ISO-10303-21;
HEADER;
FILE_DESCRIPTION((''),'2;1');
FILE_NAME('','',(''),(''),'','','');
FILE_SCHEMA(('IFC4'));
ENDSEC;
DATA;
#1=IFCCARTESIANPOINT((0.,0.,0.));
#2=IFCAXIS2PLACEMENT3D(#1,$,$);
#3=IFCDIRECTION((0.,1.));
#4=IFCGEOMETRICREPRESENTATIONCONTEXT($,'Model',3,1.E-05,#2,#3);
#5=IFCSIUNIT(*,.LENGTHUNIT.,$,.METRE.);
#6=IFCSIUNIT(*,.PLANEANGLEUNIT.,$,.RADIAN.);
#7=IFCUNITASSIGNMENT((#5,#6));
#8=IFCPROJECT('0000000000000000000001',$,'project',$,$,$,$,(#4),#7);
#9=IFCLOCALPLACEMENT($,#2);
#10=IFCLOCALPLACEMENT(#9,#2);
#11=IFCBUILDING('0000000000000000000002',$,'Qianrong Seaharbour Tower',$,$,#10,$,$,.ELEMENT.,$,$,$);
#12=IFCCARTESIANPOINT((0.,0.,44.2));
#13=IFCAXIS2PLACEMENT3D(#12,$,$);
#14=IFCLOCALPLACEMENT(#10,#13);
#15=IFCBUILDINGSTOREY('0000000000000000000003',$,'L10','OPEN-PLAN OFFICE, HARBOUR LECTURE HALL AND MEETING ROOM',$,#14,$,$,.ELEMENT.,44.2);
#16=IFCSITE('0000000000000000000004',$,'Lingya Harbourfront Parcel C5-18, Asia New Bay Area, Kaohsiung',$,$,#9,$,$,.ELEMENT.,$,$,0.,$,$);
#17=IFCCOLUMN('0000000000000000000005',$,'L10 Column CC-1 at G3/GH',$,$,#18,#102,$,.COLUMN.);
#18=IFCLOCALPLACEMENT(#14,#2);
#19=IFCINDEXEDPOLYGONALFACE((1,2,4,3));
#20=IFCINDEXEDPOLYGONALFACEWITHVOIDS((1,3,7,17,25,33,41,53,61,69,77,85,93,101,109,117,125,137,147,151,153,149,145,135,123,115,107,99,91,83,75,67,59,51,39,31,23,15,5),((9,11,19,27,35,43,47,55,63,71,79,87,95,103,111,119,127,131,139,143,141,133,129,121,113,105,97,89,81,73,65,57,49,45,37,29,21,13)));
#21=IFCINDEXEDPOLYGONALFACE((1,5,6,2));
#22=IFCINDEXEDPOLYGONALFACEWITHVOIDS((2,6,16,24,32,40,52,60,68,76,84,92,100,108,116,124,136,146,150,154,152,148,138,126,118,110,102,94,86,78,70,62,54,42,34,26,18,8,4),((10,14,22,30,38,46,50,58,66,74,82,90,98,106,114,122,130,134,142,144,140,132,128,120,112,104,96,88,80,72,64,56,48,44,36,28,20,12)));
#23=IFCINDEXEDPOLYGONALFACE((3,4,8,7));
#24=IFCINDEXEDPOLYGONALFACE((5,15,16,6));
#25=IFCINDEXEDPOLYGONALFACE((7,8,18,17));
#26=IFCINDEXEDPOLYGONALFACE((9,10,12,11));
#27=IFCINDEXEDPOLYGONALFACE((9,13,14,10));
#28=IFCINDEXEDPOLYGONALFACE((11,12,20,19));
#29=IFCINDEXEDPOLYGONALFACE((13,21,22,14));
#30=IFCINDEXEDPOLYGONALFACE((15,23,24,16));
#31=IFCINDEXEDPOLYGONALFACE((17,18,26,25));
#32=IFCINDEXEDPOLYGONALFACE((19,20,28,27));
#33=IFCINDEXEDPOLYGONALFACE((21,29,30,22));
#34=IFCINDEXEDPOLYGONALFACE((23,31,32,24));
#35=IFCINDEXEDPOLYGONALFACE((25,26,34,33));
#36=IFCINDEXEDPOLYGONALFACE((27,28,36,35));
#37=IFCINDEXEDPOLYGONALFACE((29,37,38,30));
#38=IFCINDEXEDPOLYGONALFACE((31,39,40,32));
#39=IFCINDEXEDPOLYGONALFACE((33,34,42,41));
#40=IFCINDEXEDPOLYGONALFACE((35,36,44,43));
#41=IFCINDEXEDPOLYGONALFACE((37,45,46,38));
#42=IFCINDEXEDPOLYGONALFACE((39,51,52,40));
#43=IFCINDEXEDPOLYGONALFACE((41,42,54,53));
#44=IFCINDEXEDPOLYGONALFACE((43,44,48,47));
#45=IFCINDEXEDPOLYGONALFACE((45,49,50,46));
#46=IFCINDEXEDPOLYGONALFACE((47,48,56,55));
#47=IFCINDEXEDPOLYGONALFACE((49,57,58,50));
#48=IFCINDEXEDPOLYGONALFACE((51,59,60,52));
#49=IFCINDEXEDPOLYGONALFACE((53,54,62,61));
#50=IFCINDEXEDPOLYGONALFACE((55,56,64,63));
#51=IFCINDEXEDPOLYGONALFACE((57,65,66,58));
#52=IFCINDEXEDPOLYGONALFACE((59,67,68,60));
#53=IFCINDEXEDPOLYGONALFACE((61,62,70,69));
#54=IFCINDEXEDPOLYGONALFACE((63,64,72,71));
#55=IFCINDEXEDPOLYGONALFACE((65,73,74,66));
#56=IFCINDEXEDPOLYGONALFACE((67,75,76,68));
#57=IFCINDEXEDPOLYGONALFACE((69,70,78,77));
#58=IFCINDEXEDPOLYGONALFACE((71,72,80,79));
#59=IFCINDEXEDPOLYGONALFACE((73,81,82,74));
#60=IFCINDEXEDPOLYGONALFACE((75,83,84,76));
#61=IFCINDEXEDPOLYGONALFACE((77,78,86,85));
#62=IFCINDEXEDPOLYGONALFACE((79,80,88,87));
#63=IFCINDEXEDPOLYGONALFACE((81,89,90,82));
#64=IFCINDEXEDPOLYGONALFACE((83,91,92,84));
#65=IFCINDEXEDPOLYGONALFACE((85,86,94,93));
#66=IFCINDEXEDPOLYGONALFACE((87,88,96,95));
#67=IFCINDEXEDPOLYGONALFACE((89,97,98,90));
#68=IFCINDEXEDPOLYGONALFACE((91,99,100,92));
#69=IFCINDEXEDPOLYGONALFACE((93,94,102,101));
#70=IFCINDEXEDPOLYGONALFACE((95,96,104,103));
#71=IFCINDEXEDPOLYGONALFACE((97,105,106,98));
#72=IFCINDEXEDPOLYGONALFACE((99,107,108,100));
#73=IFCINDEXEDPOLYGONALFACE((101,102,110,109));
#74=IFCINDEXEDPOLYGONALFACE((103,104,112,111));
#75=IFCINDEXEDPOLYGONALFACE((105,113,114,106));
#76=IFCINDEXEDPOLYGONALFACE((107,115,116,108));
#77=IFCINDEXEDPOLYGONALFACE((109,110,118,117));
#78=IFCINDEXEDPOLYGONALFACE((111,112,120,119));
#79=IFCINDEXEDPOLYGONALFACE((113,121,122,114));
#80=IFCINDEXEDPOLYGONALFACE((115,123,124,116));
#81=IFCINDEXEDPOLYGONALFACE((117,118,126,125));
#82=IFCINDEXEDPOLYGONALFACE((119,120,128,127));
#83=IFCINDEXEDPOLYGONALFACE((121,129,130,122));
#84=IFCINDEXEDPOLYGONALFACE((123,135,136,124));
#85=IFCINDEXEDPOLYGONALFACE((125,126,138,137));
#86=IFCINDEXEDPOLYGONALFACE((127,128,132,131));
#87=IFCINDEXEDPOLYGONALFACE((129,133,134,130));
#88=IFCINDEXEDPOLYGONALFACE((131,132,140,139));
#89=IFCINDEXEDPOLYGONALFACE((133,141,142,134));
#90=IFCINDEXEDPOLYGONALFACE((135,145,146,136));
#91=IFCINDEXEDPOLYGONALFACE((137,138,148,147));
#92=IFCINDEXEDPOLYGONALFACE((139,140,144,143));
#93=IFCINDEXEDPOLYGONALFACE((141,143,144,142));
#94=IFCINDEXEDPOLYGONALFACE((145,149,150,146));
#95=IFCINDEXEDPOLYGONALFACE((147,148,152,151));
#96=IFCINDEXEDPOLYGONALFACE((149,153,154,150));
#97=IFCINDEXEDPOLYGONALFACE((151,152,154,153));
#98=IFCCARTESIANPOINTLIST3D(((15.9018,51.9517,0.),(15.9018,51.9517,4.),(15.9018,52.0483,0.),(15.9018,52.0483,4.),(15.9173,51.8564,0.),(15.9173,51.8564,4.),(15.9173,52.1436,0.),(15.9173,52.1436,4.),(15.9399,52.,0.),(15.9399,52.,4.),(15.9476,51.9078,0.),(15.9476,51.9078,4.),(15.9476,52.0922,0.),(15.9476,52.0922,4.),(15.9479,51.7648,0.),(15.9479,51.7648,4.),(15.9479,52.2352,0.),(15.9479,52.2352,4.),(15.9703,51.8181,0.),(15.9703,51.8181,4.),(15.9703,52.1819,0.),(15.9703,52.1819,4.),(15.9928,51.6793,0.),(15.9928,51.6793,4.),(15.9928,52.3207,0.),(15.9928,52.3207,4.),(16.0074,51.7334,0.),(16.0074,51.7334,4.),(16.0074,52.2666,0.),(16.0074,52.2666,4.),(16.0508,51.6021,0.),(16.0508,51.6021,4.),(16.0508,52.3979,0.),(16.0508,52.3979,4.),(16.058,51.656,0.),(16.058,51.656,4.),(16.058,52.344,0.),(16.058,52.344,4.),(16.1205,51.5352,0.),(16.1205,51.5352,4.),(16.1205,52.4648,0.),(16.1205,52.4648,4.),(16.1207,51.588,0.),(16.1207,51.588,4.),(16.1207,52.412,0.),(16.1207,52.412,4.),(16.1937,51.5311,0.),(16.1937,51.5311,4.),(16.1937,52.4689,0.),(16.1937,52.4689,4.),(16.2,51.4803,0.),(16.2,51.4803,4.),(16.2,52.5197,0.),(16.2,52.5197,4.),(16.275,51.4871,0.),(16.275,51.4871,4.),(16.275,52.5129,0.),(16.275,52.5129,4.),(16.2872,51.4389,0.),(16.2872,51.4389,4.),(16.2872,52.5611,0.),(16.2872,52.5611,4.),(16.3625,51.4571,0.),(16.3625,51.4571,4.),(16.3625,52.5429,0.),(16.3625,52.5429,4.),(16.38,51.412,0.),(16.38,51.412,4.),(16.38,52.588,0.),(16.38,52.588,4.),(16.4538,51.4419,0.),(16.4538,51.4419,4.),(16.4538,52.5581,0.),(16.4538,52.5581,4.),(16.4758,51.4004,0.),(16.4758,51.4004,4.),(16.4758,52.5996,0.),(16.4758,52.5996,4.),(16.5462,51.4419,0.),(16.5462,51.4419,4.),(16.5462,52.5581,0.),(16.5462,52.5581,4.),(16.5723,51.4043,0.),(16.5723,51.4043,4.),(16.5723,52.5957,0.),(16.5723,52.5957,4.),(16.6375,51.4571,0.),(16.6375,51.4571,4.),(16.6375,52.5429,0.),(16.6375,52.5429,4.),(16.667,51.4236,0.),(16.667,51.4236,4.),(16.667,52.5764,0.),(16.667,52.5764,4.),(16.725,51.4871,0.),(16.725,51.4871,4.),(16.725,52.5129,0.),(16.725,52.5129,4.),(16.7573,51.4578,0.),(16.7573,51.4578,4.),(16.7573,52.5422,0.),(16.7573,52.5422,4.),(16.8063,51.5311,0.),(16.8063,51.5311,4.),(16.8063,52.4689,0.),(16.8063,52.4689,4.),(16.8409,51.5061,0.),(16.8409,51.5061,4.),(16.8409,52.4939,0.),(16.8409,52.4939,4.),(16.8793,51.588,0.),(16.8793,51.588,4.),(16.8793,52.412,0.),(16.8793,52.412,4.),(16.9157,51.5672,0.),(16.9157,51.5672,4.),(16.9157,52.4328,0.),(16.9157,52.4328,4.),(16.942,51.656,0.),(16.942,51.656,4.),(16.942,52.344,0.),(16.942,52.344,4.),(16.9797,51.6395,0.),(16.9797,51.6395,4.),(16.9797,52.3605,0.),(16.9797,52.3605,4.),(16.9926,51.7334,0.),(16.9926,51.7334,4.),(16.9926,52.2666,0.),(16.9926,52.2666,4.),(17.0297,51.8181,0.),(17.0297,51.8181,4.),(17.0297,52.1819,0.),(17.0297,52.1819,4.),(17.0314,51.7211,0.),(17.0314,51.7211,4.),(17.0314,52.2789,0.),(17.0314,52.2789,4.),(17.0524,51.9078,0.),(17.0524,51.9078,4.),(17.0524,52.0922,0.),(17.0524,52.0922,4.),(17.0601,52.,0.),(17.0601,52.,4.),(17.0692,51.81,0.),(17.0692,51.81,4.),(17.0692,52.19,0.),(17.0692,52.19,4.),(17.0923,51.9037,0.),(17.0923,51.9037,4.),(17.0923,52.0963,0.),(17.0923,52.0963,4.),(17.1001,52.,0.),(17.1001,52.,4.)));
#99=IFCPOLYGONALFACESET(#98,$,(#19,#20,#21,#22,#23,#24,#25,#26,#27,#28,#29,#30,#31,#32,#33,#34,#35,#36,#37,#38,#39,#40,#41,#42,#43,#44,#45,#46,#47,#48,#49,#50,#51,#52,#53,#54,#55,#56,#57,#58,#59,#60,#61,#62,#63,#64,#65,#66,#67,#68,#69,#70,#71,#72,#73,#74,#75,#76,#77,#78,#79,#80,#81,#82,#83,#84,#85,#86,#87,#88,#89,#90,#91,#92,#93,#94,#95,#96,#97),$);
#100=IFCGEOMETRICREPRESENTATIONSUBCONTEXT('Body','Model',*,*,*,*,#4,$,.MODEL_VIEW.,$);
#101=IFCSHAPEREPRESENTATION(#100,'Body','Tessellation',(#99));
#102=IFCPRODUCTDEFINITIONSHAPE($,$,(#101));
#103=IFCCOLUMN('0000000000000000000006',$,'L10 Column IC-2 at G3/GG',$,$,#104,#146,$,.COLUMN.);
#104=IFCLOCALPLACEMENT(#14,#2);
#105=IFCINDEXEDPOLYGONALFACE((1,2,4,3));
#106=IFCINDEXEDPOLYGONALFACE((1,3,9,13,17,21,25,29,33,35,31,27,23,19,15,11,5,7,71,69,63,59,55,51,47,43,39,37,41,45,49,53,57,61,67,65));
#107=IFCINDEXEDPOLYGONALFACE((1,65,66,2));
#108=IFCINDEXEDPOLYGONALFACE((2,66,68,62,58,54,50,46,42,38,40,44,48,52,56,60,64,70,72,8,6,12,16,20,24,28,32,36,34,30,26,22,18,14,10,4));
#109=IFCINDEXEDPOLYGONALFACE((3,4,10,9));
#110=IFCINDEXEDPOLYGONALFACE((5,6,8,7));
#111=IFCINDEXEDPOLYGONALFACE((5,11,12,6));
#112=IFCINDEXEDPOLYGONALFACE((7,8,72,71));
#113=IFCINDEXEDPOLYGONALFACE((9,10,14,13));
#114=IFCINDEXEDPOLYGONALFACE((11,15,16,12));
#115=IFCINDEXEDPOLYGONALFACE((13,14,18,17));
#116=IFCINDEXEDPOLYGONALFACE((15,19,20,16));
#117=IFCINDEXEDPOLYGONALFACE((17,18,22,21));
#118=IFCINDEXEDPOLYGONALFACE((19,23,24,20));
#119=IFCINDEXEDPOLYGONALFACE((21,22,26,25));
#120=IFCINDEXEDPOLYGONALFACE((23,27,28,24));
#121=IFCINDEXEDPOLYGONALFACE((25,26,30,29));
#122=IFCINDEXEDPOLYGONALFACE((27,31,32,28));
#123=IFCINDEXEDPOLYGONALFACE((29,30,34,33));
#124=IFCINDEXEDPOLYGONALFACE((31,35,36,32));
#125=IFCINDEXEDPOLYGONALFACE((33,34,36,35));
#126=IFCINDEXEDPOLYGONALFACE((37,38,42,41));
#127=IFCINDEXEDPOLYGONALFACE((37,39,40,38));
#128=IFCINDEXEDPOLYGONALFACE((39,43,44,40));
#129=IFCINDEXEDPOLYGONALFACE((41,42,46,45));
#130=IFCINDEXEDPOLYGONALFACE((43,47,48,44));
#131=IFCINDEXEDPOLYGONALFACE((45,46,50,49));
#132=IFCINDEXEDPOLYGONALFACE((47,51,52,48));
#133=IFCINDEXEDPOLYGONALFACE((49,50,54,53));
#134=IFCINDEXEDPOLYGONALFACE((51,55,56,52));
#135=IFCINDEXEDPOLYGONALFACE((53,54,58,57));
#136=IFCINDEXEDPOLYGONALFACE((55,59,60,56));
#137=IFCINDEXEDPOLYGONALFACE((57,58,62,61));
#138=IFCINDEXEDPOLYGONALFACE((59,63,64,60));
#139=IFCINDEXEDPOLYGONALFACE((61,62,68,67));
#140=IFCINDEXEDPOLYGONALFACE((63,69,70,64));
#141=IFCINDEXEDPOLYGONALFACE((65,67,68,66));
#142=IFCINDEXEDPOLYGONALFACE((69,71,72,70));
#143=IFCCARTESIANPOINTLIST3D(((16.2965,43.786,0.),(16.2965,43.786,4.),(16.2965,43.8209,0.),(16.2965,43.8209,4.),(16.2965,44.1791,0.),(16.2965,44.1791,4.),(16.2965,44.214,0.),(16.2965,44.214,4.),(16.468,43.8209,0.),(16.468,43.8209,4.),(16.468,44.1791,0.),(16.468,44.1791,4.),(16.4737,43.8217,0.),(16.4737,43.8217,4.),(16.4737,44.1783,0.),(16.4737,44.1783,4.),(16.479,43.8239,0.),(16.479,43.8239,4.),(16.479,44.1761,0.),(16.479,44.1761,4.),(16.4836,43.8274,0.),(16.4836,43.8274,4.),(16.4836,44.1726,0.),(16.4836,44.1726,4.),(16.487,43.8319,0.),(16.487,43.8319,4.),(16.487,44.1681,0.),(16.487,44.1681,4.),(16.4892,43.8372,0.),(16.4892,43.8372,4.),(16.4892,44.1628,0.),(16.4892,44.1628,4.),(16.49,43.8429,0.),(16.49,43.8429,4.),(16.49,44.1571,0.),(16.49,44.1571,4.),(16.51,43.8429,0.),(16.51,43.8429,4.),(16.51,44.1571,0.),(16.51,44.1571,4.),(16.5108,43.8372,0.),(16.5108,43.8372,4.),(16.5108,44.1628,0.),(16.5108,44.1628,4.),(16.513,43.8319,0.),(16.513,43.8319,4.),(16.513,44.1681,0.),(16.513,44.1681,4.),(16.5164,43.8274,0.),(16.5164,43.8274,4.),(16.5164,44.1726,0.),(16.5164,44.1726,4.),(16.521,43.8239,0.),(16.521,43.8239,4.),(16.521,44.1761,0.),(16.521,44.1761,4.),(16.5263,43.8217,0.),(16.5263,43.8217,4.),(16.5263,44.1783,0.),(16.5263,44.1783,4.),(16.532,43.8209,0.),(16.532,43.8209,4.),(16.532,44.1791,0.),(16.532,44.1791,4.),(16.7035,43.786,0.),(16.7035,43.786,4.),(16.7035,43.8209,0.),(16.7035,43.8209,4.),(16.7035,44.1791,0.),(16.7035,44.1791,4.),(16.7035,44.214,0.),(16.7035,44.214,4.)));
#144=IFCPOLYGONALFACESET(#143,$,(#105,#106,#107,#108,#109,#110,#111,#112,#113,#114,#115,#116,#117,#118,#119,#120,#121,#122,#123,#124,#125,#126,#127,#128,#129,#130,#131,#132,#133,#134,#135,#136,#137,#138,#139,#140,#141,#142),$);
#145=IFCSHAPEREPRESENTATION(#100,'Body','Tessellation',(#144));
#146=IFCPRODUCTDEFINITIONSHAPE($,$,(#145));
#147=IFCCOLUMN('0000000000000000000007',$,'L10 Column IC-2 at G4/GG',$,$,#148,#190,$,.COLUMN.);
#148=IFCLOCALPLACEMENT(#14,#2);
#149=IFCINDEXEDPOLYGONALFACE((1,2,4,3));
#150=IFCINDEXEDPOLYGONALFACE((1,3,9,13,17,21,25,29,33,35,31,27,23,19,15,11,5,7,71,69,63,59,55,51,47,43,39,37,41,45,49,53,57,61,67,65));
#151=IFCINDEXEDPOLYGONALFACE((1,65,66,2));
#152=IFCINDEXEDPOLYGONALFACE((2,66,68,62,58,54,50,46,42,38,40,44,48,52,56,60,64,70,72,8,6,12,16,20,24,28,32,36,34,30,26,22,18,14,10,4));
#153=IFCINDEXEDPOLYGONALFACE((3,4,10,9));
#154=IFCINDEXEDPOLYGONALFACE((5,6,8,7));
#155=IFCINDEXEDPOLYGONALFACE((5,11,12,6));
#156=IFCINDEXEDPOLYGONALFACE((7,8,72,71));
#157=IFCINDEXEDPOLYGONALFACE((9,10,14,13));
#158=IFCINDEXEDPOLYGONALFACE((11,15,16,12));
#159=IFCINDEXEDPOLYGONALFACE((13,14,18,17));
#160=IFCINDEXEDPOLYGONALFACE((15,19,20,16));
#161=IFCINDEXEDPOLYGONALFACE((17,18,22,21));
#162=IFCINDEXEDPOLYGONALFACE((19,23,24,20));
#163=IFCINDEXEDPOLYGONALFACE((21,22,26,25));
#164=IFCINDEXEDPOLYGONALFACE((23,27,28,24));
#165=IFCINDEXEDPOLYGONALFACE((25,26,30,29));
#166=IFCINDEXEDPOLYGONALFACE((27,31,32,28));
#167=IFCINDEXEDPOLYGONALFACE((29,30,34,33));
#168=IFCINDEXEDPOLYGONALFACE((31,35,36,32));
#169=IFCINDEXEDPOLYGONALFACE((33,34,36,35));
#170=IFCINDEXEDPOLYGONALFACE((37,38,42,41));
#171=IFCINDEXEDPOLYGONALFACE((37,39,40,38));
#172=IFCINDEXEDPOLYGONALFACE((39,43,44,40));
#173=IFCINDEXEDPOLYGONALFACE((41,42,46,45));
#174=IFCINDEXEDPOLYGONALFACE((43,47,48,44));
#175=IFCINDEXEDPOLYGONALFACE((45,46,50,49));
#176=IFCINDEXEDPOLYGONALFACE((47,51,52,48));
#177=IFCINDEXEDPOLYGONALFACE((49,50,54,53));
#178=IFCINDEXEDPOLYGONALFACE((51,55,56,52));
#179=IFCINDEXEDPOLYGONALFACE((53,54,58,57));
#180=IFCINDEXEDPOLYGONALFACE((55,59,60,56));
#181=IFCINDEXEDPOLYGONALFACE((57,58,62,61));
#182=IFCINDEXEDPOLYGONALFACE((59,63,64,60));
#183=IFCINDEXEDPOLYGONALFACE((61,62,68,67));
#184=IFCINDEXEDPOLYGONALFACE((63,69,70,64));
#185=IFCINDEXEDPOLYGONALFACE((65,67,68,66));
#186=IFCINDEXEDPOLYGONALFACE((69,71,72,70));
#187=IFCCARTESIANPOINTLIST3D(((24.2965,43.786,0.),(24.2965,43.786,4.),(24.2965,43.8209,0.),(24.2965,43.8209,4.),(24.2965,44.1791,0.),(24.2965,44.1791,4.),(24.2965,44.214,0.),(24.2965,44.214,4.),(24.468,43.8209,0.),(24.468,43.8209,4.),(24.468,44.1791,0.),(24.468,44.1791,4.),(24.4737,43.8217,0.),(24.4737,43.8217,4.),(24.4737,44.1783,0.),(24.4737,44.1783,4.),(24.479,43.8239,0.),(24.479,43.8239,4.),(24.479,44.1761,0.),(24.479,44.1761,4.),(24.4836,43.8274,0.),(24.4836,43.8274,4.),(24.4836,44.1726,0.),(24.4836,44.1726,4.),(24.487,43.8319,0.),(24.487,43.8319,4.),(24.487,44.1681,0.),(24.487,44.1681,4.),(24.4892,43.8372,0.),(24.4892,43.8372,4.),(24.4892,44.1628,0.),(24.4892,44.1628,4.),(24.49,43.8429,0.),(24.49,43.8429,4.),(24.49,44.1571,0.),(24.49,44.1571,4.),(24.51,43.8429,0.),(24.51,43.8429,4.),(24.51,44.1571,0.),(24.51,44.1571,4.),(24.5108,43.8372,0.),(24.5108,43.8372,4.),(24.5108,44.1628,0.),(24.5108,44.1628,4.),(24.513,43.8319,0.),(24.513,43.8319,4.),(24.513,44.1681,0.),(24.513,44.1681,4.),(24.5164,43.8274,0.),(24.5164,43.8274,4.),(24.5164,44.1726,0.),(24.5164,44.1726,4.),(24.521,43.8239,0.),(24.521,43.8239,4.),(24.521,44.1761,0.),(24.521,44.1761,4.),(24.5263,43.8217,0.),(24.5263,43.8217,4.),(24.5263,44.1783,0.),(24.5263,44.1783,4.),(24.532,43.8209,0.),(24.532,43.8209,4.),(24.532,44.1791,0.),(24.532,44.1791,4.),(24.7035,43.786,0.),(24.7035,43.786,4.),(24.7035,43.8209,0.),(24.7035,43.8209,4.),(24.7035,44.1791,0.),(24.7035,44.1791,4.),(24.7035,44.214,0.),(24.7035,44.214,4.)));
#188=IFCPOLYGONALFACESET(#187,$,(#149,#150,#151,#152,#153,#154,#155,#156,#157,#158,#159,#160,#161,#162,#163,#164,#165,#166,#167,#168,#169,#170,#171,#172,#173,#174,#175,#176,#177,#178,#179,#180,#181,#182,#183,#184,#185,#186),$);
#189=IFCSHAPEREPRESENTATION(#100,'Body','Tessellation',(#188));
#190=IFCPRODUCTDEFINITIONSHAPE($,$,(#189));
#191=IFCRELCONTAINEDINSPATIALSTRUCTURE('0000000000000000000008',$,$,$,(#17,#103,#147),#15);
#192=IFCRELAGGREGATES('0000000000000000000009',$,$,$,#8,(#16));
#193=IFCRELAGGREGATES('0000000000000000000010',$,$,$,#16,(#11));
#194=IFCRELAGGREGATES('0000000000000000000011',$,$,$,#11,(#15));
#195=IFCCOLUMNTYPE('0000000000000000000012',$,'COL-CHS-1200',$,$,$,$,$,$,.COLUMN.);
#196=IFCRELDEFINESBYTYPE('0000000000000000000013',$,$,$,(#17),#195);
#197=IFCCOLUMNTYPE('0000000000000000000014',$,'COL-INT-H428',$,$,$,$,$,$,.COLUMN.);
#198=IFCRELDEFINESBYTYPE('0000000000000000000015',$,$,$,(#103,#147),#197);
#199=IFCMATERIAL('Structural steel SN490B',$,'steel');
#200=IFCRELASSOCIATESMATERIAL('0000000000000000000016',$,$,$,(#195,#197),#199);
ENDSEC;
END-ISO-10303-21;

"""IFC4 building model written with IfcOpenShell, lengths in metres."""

from ifc_helpers import new_model, si_unit, direction, frame, origin, origin_2d, place, context, subcontext, project, spatial, hollow_circle, i_section, extrude, material, material_profile, profile_set, type_object, element, save


model = new_model("IFC4")

# Units and contexts
model_context = context("Model", 3, precision=1e-05, world=origin(), true_north=direction((0.0, 1.0)))
body_context = subcontext(model_context, "Body", "Model", "MODEL_VIEW")
ifc_project = project(units=[si_unit("LENGTHUNIT", "METRE"), si_unit("PLANEANGLEUNIT", "RADIAN")], contexts=[model_context])

# Site, building, storey
site_placement = place(None, origin())
site = spatial("IfcSite", under=ifc_project, at=site_placement, Name="Lingya Harbourfront Parcel C5-18, Asia New Bay Area, Kaohsiung", CompositionType="ELEMENT", RefElevation=0.0)
building_placement = place(site_placement, origin())
building = spatial("IfcBuilding", under=site, at=building_placement, Name="Qianrong Seaharbour Tower", CompositionType="ELEMENT")
storey_placement = place(building_placement, frame((0.0, 0.0, 44.2)))
storey = spatial("IfcBuildingStorey", under=building, at=storey_placement, Name="L10", Description="OPEN-PLAN OFFICE, HARBOUR LECTURE HALL AND MEETING ROOM", CompositionType="ELEMENT", Elevation=44.2)

# Columns
ifc_material_1 = material(Name="Structural steel SN490B", Category="steel")
ifc_material_profile_1 = material_profile(ifc_material_1, hollow_circle(Radius=0.6001, WallThickness=0.04, at=origin_2d()), Name="CHS1200x40")
ifc_profile_set_1 = profile_set([ifc_material_profile_1], Name="Structural steel SN490B")
column_type_1 = type_object("IfcColumnType", Name="COL-CHS-1200", PredefinedType="COLUMN", material=ifc_profile_set_1)
column_placement = place(storey_placement, frame((16.5, 52.0, 0.0), z_axis=(0.0, 0.0, 1.0), x_axis=(1.0, 0.0, 0.0)))
element("IfcColumn", 1, at=column_placement, inside=storey, type_object=column_type_1, Name="L10 Column CC-1 at G3/GH", PredefinedType="COLUMN", context=body_context, shape_type="SweptSolid", body=[
    extrude(hollow_circle(Radius=0.6001, WallThickness=0.04, at=origin_2d()), origin(), (0.0, 0.0, 1.0), 4.0),
])
ifc_material_profile_2 = material_profile(ifc_material_1, i_section(OverallWidth=0.407, OverallDepth=0.428, WebThickness=0.02, FlangeThickness=0.0349, FilletRadius=0.022, at=origin_2d()), Name="H428x407x20x35")
ifc_profile_set_2 = profile_set([ifc_material_profile_2], Name="Structural steel SN490B")
column_type_2 = type_object("IfcColumnType", Name="COL-INT-H428", PredefinedType="COLUMN", material=ifc_profile_set_2)
for number, where, z_axis, x_axis, name in (
    (2, (16.5, 44.0, 0.0), (0.0, 0.0, 1.0), (1.0, 0.0, 0.0), "L10 Column IC-2 at G3/GG"),
    (3, (24.5, 44.0, 0.0), (0.0, 0.0, 1.0), (1.0, 0.0, 0.0), "L10 Column IC-2 at G4/GG"),
):
    element("IfcColumn", number, at=place(storey_placement, frame(where, z_axis=z_axis, x_axis=x_axis)), inside=storey, type_object=column_type_2, Name=name, PredefinedType="COLUMN", context=body_context, shape_type="SweptSolid", body=[
        extrude(i_section(OverallWidth=0.407, OverallDepth=0.428, WebThickness=0.02, FlangeThickness=0.0349, FilletRadius=0.022, at=origin_2d()), origin(), (0.0, 0.0, 1.0), 4.0),
    ])

save(model, "model.ifc")
